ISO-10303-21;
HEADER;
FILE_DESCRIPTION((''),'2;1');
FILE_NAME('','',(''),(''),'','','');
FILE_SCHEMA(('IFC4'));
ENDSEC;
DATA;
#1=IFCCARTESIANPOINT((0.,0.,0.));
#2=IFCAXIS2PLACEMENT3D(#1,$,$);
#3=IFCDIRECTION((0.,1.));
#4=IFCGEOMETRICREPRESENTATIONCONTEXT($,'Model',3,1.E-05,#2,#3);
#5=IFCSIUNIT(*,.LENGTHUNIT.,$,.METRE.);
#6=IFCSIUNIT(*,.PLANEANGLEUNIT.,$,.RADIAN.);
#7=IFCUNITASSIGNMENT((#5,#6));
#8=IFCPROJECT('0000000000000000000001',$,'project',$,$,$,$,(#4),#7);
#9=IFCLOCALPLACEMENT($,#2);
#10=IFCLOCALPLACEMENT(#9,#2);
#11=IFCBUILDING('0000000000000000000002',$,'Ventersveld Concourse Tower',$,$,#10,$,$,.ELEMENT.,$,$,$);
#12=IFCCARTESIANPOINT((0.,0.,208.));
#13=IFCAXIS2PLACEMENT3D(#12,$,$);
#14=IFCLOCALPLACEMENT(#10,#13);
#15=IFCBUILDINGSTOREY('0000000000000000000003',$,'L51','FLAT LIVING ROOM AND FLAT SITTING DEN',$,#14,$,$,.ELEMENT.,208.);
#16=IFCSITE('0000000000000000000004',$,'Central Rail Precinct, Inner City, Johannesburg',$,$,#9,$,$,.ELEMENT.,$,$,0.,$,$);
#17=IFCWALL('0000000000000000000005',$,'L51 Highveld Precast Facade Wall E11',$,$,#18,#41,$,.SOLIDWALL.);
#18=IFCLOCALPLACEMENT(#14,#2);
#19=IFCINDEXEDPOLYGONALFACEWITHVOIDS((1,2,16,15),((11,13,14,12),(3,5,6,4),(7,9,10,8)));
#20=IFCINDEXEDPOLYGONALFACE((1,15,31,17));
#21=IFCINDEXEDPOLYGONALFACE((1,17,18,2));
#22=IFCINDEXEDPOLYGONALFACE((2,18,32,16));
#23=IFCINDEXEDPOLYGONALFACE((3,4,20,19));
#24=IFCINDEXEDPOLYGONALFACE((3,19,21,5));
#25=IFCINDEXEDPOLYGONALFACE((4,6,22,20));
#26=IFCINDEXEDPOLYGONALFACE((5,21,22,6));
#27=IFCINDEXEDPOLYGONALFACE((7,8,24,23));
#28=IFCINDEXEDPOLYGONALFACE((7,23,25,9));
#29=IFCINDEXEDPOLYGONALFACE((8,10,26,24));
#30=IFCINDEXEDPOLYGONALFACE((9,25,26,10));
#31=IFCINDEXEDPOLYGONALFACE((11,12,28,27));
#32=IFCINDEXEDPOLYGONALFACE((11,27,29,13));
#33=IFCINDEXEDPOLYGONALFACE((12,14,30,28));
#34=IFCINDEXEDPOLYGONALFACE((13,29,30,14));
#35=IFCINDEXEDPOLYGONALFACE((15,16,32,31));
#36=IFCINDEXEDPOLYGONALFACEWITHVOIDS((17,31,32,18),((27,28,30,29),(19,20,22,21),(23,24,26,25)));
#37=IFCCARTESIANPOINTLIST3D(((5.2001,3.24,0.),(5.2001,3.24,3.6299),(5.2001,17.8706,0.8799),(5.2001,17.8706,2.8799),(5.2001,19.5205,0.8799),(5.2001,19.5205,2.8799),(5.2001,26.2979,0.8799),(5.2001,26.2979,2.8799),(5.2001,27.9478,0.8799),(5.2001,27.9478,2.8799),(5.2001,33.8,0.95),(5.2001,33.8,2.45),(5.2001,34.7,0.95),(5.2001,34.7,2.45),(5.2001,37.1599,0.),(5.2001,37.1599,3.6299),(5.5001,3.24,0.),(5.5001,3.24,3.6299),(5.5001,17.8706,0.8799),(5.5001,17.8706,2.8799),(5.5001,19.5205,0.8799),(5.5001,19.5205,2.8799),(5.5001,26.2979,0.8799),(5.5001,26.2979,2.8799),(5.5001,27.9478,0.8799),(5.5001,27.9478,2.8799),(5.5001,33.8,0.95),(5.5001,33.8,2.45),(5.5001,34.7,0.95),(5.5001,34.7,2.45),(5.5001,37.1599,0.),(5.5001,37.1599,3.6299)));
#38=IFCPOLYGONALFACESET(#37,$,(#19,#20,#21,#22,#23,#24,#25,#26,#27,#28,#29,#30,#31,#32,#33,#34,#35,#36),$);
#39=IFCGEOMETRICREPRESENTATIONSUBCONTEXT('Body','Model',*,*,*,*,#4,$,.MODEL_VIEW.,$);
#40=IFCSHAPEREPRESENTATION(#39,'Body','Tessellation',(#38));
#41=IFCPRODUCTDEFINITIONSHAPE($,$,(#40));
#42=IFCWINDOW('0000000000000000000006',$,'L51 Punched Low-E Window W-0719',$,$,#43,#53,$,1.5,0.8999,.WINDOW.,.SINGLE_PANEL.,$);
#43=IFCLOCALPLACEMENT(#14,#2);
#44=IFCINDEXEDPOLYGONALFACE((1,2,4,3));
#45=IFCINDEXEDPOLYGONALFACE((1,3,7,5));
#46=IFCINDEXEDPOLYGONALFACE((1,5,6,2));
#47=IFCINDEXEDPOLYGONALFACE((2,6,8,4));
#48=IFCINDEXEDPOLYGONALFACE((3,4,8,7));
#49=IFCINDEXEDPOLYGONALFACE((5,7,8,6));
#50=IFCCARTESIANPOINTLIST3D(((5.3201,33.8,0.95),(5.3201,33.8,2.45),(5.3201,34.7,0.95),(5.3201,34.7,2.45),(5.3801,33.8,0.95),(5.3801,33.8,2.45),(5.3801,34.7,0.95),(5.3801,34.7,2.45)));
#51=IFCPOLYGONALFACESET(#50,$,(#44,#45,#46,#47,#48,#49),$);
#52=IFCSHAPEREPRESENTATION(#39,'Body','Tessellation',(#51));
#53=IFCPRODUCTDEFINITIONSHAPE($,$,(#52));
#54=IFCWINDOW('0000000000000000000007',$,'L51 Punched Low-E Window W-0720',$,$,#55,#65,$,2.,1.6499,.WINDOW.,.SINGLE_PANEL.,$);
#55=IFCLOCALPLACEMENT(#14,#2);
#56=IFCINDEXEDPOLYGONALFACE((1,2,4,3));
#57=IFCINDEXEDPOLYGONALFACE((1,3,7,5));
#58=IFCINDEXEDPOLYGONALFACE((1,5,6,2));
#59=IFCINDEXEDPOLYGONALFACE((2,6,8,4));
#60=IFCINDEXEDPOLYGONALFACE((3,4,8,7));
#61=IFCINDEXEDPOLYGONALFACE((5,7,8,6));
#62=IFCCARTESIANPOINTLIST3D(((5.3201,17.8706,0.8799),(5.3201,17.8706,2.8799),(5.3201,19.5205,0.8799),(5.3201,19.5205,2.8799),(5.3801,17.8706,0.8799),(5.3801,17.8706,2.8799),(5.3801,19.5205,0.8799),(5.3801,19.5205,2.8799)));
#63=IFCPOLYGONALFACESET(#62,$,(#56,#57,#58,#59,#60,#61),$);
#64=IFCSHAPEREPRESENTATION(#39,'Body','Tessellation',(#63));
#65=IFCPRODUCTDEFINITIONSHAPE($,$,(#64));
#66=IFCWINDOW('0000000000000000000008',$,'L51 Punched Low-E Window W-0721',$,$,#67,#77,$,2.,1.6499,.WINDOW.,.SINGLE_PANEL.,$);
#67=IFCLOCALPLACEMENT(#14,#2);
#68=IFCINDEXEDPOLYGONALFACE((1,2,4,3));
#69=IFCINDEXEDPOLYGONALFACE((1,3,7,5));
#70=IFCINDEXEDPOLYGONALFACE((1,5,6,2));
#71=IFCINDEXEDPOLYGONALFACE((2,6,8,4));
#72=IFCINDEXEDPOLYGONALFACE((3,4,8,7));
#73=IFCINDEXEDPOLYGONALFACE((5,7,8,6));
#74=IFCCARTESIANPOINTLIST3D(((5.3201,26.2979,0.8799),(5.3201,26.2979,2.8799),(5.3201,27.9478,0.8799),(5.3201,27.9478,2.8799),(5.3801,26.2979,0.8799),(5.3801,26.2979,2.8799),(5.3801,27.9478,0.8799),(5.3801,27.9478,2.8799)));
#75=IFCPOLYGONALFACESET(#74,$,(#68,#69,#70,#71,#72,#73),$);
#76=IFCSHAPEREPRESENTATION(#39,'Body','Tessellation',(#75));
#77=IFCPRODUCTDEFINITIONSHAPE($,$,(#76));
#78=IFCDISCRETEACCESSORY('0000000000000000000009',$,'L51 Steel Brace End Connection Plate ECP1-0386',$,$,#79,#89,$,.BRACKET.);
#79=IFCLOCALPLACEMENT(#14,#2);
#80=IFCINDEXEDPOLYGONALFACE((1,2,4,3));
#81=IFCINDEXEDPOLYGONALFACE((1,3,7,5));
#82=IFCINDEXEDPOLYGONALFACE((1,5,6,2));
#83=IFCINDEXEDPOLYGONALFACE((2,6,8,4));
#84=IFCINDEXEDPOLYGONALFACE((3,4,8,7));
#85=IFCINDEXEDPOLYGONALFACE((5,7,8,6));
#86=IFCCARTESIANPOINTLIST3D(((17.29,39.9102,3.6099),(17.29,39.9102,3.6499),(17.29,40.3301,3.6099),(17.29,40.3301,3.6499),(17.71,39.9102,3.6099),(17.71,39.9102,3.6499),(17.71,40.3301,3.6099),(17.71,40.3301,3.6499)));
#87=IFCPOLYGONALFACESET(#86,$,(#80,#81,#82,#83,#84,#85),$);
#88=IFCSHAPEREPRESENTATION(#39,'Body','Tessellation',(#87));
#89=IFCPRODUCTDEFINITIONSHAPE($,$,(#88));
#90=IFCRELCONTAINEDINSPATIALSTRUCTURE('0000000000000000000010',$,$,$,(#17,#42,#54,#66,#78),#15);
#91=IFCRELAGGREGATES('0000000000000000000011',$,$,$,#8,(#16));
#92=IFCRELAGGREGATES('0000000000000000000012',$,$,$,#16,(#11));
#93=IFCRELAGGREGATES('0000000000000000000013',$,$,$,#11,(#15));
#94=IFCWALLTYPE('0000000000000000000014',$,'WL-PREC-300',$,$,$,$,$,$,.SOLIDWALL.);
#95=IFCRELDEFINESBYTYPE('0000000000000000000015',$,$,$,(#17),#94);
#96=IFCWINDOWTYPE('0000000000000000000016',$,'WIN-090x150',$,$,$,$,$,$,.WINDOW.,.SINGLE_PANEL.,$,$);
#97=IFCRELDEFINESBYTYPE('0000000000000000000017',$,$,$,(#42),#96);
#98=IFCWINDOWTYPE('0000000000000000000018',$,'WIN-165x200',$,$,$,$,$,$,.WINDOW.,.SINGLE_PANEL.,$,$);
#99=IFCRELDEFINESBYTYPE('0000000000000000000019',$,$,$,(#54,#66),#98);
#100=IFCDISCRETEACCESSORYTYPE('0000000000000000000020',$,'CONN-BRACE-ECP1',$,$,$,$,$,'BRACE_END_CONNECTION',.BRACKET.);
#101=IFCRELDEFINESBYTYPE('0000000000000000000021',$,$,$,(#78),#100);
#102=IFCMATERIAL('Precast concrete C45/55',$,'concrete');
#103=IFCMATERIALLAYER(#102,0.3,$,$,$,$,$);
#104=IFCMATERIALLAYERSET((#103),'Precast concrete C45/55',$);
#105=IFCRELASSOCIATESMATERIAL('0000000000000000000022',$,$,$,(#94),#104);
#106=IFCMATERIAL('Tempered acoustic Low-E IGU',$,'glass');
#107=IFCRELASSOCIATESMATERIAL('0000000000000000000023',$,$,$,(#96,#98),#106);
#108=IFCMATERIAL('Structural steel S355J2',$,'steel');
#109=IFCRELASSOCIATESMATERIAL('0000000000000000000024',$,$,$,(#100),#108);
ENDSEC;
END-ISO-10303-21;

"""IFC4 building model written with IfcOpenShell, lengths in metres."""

from ifc_helpers import new_model, si_unit, direction, frame, frame_2d, origin, origin_2d, place, context, subcontext, project, spatial, rectangle, extrude, material, layer, layer_set, type_object, element, fill, save


model = new_model("IFC4")

# Units and contexts
model_context = context("Model", 3, precision=1e-05, world=origin(), true_north=direction((0.0, 1.0)))
body_context = subcontext(model_context, "Body", "Model", "MODEL_VIEW")
ifc_project = project(units=[si_unit("LENGTHUNIT", "METRE"), si_unit("PLANEANGLEUNIT", "RADIAN")], contexts=[model_context])

# Site, building, storey
site_placement = place(None, origin())
site = spatial("IfcSite", under=ifc_project, at=site_placement, Name="Central Rail Precinct, Inner City, Johannesburg", CompositionType="ELEMENT", RefElevation=0.0)
building_placement = place(site_placement, origin())
building = spatial("IfcBuilding", under=site, at=building_placement, Name="Ventersveld Concourse Tower", CompositionType="ELEMENT")
storey_placement = place(building_placement, frame((0.0, 0.0, 208.0)))
storey = spatial("IfcBuildingStorey", under=building, at=storey_placement, Name="L51", Description="FLAT LIVING ROOM AND FLAT SITTING DEN", CompositionType="ELEMENT", Elevation=208.0)

# Shared definitions
ifc_material_1 = material(Name="Structural steel S355J2", Category="steel")

# Shared definitions
ifc_material_2 = material(Name="Precast concrete C45/55", Category="concrete")
ifc_layer_1 = layer(ifc_material_2, 0.3)
ifc_layer_set_1 = layer_set([ifc_layer_1], Name="Precast concrete C45/55")
wall_type_1 = type_object("IfcWallType", Name="WL-PREC-300", PredefinedType="SOLIDWALL", material=ifc_layer_set_1)

# Wall, openings, windows
wall_1_placement = place(storey_placement, frame((5.3501, 37.1599, 0.0), z_axis=(0.0, 0.0, 1.0), x_axis=(0.0, -1.0, 0.0)))
wall_1 = element("IfcWall", 1, at=wall_1_placement, inside=storey, type_object=wall_type_1, Name="L51 Highveld Precast Facade Wall E11", PredefinedType="SOLIDWALL", context=body_context, shape_type="SweptSolid", body=[
    extrude(rectangle(XDim=33.9199, YDim=0.3, at=frame_2d((16.96, 0.0))), origin(), (0.0, 0.0, 1.0), 3.6299),
])
opening_1_placement = place(wall_1_placement, frame((2.46, 0.0, 0.95)))
opening_1 = element("IfcOpeningElement", 2, at=opening_1_placement, cuts=wall_1, PredefinedType="OPENING", context=body_context, shape_type="SweptSolid", body=[
    extrude(rectangle(XDim=0.8999, YDim=1.5, at=frame_2d((0.45, 0.75))), frame((0.0, 0.1602, 0.0), z_axis=(0.0, -1.0, 0.0), x_axis=(1.0, 0.0, 0.0)), (0.0, 0.0, 1.0), 0.3201),
])
opening_2_placement = place(wall_1_placement, frame((17.6394, 0.0, 0.8799)))
opening_2 = element("IfcOpeningElement", 3, at=opening_2_placement, cuts=wall_1, PredefinedType="OPENING", context=body_context, shape_type="SweptSolid", body=[
    extrude(rectangle(XDim=1.6499, YDim=2.0, at=frame_2d((0.825, 1.0))), frame((0.0, 0.1602, 0.0), z_axis=(0.0, -1.0, 0.0), x_axis=(1.0, 0.0, 0.0)), (0.0, 0.0, 1.0), 0.3201),
])
opening_3_placement = place(wall_1_placement, frame((9.2122, 0.0, 0.8799)))
opening_3 = element("IfcOpeningElement", 4, at=opening_3_placement, cuts=wall_1, PredefinedType="OPENING", context=body_context, shape_type="SweptSolid", body=[
    extrude(rectangle(XDim=1.6499, YDim=2.0, at=frame_2d((0.825, 1.0))), frame((0.0, 0.1602, 0.0), z_axis=(0.0, -1.0, 0.0), x_axis=(1.0, 0.0, 0.0)), (0.0, 0.0, 1.0), 0.3201),
])
ifc_material_3 = material(Name="Tempered acoustic Low-E IGU", Category="glass")
window_type_1 = type_object("IfcWindowType", Name="WIN-090x150", PartitioningType="SINGLE_PANEL", PredefinedType="WINDOW", material=ifc_material_3)
window_1_placement = place(opening_1_placement, origin())
window_1 = element("IfcWindow", 5, at=window_1_placement, inside=storey, type_object=window_type_1, Name="L51 Punched Low-E Window W-0719", OverallHeight=1.5, OverallWidth=0.8999, PartitioningType="SINGLE_PANEL", PredefinedType="WINDOW", context=body_context, shape_type="SweptSolid", body=[
    extrude(rectangle(XDim=0.8999, YDim=1.5, at=frame_2d((0.45, 0.75))), frame((0.0, 0.03, 0.0), z_axis=(0.0, -1.0, 0.0), x_axis=(1.0, 0.0, 0.0)), (0.0, 0.0, 1.0), 0.0601),
])
fill(opening_1, window_1)
window_type_2 = type_object("IfcWindowType", Name="WIN-165x200", PartitioningType="SINGLE_PANEL", PredefinedType="WINDOW", material=ifc_material_3)
window_2_placement = place(opening_2_placement, origin())
window_2 = element("IfcWindow", 6, at=window_2_placement, inside=storey, type_object=window_type_2, Name="L51 Punched Low-E Window W-0720", OverallHeight=2.0, OverallWidth=1.6499, PartitioningType="SINGLE_PANEL", PredefinedType="WINDOW", context=body_context, shape_type="SweptSolid", body=[
    extrude(rectangle(XDim=1.6499, YDim=2.0, at=frame_2d((0.825, 1.0))), frame((0.0, 0.03, 0.0), z_axis=(0.0, -1.0, 0.0), x_axis=(1.0, 0.0, 0.0)), (0.0, 0.0, 1.0), 0.0601),
])
fill(opening_2, window_2)
window_3_placement = place(opening_3_placement, origin())
window_3 = element("IfcWindow", 7, at=window_3_placement, inside=storey, type_object=window_type_2, Name="L51 Punched Low-E Window W-0721", OverallHeight=2.0, OverallWidth=1.6499, PartitioningType="SINGLE_PANEL", PredefinedType="WINDOW", context=body_context, shape_type="SweptSolid", body=[
    extrude(rectangle(XDim=1.6499, YDim=2.0, at=frame_2d((0.825, 1.0))), frame((0.0, 0.03, 0.0), z_axis=(0.0, -1.0, 0.0), x_axis=(1.0, 0.0, 0.0)), (0.0, 0.0, 1.0), 0.0601),
])
fill(opening_3, window_3)

# Discrete accessory
discrete_accessory_type = type_object("IfcDiscreteAccessoryType", Name="CONN-BRACE-ECP1", ElementType="BRACE_END_CONNECTION", PredefinedType="BRACKET", material=ifc_material_1)
discrete_accessory_placement = place(storey_placement, frame((17.5, 40.1201, 3.6099), z_axis=(0.0, 0.0, 1.0), x_axis=(1.0, 0.0, 0.0)))
element("IfcDiscreteAccessory", 8, at=discrete_accessory_placement, inside=storey, type_object=discrete_accessory_type, Name="L51 Steel Brace End Connection Plate ECP1-0386", PredefinedType="BRACKET", context=body_context, shape_type="SweptSolid", body=[
    extrude(rectangle(XDim=0.4199, YDim=0.4199, at=origin_2d()), origin(), (0.0, 0.0, 1.0), 0.04),
])

save(model, "model.ifc")
